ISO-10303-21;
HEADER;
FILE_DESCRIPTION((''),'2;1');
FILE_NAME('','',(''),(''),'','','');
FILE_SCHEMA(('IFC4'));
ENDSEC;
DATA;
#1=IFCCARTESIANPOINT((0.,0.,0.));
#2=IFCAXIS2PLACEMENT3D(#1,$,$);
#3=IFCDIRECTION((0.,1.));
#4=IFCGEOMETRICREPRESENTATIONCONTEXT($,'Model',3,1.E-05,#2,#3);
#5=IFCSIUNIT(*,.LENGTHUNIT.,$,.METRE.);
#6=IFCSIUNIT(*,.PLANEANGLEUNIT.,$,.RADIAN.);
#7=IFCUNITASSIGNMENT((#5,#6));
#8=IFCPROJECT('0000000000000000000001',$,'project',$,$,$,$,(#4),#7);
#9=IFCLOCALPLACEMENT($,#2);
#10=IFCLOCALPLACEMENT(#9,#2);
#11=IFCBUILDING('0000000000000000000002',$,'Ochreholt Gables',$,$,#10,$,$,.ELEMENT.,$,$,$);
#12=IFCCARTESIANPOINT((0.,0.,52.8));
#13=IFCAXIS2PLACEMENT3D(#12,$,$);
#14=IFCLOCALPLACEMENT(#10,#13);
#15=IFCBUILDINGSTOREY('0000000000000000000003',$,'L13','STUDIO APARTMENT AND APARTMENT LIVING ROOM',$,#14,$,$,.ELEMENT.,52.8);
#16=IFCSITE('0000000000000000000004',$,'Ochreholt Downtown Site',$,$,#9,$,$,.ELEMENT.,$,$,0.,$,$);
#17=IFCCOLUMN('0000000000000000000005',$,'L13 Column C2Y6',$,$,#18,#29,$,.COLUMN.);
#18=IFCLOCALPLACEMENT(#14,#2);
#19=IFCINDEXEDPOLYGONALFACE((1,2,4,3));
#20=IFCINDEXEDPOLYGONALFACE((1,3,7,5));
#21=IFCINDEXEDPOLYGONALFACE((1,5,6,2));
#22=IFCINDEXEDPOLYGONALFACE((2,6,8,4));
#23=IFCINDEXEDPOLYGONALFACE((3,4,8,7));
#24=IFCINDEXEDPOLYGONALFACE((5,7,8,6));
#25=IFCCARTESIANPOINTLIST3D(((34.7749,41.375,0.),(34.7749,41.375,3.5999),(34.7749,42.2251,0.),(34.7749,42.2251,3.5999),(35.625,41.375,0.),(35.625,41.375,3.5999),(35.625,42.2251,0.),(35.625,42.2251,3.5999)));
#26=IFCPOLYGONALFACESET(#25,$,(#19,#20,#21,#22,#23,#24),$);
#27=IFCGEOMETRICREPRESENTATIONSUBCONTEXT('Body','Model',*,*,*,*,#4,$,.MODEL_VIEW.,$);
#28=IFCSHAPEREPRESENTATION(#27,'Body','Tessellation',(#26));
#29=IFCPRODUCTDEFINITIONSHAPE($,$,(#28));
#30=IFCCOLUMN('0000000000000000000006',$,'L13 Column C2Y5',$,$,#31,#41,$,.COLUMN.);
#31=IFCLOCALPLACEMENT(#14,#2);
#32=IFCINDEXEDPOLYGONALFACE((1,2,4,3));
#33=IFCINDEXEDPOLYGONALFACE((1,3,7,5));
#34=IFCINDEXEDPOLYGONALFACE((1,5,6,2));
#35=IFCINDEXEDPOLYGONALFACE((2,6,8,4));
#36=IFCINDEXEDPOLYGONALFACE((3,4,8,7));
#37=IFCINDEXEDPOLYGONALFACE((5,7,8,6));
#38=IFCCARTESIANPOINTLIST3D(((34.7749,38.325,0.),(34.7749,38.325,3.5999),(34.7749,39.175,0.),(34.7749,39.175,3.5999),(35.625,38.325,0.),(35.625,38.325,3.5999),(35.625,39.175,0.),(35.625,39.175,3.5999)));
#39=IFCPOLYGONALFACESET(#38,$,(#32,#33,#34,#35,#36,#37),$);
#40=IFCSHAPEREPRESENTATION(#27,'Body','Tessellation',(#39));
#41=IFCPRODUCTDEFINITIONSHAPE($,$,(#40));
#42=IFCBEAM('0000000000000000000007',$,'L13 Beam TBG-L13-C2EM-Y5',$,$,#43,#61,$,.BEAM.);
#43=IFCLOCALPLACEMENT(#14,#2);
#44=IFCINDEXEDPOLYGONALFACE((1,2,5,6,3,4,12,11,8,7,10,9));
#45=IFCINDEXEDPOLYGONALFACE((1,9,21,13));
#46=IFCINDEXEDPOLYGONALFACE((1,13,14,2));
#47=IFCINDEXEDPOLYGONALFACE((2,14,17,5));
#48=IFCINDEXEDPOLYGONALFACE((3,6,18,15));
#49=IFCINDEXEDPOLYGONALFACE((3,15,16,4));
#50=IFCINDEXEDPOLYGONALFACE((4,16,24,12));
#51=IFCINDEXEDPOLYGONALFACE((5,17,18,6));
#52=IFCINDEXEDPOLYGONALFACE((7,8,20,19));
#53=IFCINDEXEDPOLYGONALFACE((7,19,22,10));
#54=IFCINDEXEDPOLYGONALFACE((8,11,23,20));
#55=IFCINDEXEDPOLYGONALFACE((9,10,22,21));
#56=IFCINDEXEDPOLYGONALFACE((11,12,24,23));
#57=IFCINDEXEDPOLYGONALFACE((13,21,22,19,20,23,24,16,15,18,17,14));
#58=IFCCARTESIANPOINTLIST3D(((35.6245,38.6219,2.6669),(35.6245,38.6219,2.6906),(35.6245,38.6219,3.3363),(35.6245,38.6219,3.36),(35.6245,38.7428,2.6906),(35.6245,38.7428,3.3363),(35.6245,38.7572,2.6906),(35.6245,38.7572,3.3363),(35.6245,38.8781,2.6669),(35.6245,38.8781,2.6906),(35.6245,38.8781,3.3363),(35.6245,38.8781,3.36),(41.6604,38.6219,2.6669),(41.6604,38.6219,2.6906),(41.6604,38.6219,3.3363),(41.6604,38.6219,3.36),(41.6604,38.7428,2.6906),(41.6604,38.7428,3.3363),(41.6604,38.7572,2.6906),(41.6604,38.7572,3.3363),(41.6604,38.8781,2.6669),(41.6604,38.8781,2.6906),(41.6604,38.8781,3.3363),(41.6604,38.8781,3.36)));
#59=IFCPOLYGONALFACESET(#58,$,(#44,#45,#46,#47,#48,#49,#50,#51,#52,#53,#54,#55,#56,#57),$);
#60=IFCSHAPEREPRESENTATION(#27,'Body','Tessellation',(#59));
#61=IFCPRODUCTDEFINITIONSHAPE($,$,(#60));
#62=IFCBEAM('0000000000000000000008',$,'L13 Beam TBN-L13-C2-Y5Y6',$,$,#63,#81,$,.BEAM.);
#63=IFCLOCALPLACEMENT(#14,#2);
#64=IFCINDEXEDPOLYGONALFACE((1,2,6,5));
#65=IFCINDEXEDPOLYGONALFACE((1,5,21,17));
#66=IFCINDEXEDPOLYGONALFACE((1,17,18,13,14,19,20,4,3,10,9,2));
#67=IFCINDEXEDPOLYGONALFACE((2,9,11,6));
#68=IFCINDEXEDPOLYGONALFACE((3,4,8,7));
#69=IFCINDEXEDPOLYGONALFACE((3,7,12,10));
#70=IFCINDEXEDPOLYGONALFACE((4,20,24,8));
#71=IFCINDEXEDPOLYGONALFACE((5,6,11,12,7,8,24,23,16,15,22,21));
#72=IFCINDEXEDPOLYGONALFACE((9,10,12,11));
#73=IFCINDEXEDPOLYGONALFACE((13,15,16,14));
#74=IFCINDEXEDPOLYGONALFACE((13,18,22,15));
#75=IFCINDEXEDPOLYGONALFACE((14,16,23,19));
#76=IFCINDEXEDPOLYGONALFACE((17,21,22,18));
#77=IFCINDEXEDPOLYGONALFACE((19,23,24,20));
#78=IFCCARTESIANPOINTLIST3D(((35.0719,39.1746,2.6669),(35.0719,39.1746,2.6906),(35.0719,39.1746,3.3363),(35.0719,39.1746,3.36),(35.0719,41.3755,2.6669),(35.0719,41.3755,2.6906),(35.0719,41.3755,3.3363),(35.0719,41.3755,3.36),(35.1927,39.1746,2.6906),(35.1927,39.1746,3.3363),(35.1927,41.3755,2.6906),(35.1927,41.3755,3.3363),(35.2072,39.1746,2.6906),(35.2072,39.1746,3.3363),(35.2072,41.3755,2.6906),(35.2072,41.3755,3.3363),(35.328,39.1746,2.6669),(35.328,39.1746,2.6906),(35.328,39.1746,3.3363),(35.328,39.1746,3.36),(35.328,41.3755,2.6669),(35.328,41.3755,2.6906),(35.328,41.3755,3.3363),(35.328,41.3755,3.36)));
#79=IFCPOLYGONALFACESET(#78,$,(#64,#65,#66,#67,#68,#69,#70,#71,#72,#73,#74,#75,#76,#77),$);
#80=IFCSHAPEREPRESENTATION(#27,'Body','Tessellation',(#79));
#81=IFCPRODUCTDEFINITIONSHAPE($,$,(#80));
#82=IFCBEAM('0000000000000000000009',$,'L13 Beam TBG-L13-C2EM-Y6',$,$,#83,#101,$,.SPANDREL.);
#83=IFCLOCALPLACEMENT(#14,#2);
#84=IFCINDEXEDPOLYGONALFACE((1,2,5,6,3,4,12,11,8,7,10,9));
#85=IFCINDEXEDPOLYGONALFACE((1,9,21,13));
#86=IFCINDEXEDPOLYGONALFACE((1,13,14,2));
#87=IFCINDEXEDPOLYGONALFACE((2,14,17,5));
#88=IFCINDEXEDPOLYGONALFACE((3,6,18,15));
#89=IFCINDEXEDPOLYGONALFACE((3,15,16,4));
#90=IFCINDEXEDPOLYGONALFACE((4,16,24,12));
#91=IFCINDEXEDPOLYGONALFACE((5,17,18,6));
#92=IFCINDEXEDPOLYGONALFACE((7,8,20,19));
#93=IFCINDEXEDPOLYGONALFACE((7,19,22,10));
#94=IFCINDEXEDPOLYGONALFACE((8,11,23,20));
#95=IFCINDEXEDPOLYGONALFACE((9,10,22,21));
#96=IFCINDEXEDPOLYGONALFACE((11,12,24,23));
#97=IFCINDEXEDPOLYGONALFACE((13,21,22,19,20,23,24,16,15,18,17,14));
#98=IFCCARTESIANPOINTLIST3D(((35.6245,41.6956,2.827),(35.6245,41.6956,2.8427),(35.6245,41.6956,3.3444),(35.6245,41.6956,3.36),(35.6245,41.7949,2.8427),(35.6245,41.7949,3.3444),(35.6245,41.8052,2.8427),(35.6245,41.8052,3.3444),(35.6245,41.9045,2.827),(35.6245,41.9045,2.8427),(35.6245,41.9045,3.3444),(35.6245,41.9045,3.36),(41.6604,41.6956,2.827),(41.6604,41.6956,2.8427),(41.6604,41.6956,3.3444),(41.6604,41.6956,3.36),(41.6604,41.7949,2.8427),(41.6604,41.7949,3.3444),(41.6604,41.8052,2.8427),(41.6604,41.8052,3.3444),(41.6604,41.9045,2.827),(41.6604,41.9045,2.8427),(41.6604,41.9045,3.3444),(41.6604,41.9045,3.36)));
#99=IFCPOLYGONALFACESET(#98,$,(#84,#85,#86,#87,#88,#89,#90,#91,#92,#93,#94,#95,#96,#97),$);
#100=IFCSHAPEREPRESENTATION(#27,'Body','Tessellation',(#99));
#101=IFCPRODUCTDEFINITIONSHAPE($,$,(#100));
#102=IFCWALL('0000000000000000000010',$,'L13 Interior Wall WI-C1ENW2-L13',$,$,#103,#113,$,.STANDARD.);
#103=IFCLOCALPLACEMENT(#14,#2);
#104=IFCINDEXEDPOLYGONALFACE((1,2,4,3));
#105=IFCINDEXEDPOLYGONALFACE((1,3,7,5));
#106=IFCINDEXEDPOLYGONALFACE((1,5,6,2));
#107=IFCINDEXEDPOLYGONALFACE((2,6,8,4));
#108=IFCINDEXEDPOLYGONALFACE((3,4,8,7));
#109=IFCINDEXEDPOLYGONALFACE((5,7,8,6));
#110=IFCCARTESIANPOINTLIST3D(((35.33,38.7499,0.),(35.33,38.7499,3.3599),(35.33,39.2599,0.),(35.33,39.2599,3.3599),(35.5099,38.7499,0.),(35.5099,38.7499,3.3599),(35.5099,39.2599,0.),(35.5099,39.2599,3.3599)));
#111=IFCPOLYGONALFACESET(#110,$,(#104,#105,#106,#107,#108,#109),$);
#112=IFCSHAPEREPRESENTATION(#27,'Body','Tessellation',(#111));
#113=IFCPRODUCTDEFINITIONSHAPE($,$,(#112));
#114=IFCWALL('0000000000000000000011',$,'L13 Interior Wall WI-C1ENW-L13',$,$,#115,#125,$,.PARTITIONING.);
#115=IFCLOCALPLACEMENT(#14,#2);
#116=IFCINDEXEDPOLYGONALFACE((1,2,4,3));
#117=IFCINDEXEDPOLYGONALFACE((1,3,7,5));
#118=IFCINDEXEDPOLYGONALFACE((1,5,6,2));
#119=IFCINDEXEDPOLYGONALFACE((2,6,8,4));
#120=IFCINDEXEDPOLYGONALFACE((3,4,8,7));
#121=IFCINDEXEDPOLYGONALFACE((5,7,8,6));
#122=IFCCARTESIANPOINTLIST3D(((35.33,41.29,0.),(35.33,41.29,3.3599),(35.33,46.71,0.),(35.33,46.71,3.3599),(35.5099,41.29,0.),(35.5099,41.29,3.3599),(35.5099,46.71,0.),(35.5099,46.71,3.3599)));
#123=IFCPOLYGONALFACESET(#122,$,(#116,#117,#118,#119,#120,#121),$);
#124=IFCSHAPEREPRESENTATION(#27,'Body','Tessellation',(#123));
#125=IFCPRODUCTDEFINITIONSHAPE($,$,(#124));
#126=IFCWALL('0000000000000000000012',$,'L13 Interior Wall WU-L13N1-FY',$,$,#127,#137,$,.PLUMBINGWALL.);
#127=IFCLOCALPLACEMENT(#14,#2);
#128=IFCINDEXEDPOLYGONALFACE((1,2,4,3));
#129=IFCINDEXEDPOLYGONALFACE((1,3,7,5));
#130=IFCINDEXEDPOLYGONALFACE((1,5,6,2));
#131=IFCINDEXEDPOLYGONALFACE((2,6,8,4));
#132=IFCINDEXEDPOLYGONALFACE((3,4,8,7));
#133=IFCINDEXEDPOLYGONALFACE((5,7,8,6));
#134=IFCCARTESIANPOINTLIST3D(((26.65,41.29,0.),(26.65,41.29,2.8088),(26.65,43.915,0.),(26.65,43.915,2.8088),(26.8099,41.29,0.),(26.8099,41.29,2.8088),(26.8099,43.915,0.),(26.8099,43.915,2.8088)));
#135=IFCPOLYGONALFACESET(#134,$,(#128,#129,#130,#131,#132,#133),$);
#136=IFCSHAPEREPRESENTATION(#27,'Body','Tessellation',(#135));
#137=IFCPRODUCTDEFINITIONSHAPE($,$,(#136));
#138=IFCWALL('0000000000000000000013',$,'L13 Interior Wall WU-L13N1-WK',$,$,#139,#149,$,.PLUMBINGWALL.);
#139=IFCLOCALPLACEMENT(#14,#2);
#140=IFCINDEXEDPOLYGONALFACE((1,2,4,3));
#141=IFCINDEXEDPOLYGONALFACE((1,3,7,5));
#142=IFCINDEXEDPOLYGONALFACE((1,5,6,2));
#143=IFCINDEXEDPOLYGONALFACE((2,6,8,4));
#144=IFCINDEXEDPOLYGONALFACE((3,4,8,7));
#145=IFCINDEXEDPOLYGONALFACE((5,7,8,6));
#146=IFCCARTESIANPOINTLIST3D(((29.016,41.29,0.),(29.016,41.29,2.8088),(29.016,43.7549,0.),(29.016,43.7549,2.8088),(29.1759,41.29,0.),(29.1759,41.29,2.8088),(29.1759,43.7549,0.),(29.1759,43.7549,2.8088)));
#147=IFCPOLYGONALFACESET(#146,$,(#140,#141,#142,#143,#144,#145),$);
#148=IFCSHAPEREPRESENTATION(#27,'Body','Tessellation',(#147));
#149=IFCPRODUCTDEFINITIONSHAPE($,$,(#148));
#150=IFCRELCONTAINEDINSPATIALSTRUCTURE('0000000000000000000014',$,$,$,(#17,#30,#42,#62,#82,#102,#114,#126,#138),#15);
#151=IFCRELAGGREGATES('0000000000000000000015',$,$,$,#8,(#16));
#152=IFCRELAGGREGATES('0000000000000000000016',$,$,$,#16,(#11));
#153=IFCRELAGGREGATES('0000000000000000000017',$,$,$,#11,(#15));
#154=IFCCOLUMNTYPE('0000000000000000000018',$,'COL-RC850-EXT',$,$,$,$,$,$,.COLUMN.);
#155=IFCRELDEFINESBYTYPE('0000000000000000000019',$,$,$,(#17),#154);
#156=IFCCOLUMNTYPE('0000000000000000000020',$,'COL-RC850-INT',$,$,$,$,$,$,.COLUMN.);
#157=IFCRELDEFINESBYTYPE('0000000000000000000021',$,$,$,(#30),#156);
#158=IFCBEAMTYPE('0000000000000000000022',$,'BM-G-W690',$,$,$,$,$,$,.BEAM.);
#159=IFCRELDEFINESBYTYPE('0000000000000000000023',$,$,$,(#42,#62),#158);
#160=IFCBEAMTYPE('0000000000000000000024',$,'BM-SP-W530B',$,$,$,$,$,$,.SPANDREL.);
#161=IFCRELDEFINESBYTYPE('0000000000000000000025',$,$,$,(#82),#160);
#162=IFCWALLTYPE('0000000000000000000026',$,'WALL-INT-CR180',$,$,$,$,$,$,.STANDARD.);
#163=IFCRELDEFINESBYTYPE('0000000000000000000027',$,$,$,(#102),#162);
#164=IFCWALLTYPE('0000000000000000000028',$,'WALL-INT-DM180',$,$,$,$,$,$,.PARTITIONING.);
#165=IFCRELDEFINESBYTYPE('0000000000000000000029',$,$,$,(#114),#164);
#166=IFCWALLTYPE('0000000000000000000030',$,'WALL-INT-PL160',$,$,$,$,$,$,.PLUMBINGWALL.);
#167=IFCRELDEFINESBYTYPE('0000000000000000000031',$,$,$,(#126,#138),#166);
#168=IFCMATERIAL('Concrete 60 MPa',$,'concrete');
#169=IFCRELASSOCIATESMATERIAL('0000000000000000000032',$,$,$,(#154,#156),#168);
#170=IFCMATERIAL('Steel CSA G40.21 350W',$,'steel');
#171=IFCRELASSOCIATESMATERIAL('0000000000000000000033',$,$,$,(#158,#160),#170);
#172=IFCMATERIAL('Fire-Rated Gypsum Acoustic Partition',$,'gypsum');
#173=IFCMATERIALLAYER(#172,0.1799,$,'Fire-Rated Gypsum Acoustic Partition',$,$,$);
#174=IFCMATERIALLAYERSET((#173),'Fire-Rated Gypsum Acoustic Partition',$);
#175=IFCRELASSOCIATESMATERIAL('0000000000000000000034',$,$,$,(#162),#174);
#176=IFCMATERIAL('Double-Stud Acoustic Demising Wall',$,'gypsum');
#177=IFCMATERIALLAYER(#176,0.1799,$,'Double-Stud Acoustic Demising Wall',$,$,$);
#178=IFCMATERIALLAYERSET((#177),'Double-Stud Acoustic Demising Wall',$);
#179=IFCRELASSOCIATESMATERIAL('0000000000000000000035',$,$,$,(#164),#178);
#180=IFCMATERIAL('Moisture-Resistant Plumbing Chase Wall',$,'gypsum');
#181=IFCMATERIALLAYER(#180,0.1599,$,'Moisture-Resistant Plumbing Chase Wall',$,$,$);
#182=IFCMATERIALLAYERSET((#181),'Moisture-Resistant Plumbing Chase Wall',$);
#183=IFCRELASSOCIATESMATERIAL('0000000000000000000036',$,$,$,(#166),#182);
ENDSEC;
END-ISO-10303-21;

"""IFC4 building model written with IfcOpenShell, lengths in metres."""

from ifc_helpers import new_model, si_unit, direction, frame, frame_2d, origin, origin_2d, place, context, subcontext, project, spatial, rectangle, i_section, extrude, material, layer, layer_set, material_profile, profile_set, type_object, element, save


model = new_model("IFC4")

# Units and contexts
model_context = context("Model", 3, precision=1e-05, world=origin(), true_north=direction((0.0, 1.0)))
body_context = subcontext(model_context, "Body", "Model", "MODEL_VIEW")
ifc_project = project(units=[si_unit("LENGTHUNIT", "METRE"), si_unit("PLANEANGLEUNIT", "RADIAN")], contexts=[model_context])

# Site, building, storey
site_placement = place(None, origin())
site = spatial("IfcSite", under=ifc_project, at=site_placement, Name="Ochreholt Downtown Site", CompositionType="ELEMENT", RefElevation=0.0)
building_placement = place(site_placement, origin())
building = spatial("IfcBuilding", under=site, at=building_placement, Name="Ochreholt Gables", CompositionType="ELEMENT")
storey_placement = place(building_placement, frame((0.0, 0.0, 52.8)))
storey = spatial("IfcBuildingStorey", under=building, at=storey_placement, Name="L13", Description="STUDIO APARTMENT AND APARTMENT LIVING ROOM", CompositionType="ELEMENT", Elevation=52.8)

# Columns
ifc_material_1 = material(Name="Concrete 60 MPa", Category="concrete")
ifc_material_profile_1 = material_profile(ifc_material_1, rectangle(XDim=0.8501, YDim=0.8501, at=origin_2d()), Name="RC850X850")
ifc_profile_set_1 = profile_set([ifc_material_profile_1], Name="Concrete 60 MPa")
column_type_1 = type_object("IfcColumnType", Name="COL-RC850-EXT", PredefinedType="COLUMN", material=ifc_profile_set_1)
column_1_placement = place(storey_placement, frame((35.2, 41.8, 0.0), z_axis=(0.0, 0.0, 1.0), x_axis=(1.0, 0.0, 0.0)))
element("IfcColumn", 1, at=column_1_placement, inside=storey, type_object=column_type_1, Name="L13 Column C2Y6", PredefinedType="COLUMN", context=body_context, shape_type="SweptSolid", body=[
    extrude(rectangle(XDim=0.8501, YDim=0.8501, at=origin_2d()), origin(), (0.0, 0.0, 1.0), 3.5999),
])
ifc_material_profile_2 = material_profile(ifc_material_1, rectangle(XDim=0.8501, YDim=0.8501, at=origin_2d()), Name="RC850X850")
ifc_profile_set_2 = profile_set([ifc_material_profile_2], Name="Concrete 60 MPa")
column_type_2 = type_object("IfcColumnType", Name="COL-RC850-INT", PredefinedType="COLUMN", material=ifc_profile_set_2)
column_2_placement = place(storey_placement, frame((35.2, 38.75, 0.0), z_axis=(0.0, 0.0, 1.0), x_axis=(1.0, 0.0, 0.0)))
element("IfcColumn", 2, at=column_2_placement, inside=storey, type_object=column_type_2, Name="L13 Column C2Y5", PredefinedType="COLUMN", context=body_context, shape_type="SweptSolid", body=[
    extrude(rectangle(XDim=0.8501, YDim=0.8501, at=origin_2d()), origin(), (0.0, 0.0, 1.0), 3.5999),
])

# Beams
ifc_material_2 = material(Name="Steel CSA G40.21 350W", Category="steel")
ifc_material_profile_3 = material_profile(ifc_material_2, i_section(OverallWidth=0.2561, OverallDepth=0.6931, WebThickness=0.0144, FlangeThickness=0.0237, at=origin_2d()), Name="W690X170")
ifc_profile_set_3 = profile_set([ifc_material_profile_3], Name="Steel CSA G40.21 350W")
beam_type_1 = type_object("IfcBeamType", Name="BM-G-W690", PredefinedType="BEAM", material=ifc_profile_set_3)
beam_1_placement = place(storey_placement, frame((35.6245, 38.75, 3.0134), z_axis=(1.0, 0.0, 0.0), x_axis=(0.0, 1.0, 0.0)))
element("IfcBeam", 3, at=beam_1_placement, inside=storey, type_object=beam_type_1, Name="L13 Beam TBG-L13-C2EM-Y5", PredefinedType="BEAM", context=body_context, shape_type="SweptSolid", body=[
    extrude(i_section(OverallWidth=0.2561, OverallDepth=0.6931, WebThickness=0.0144, FlangeThickness=0.0237, at=origin_2d()), origin(), (0.0, 0.0, 1.0), 6.0359),
])
beam_2_placement = place(storey_placement, frame((35.2, 39.1746, 3.0134), z_axis=(0.0, 1.0, 0.0), x_axis=(-1.0, 0.0, 0.0)))
element("IfcBeam", 4, at=beam_2_placement, inside=storey, type_object=beam_type_1, Name="L13 Beam TBN-L13-C2-Y5Y6", PredefinedType="BEAM", context=body_context, shape_type="SweptSolid", body=[
    extrude(i_section(OverallWidth=0.2561, OverallDepth=0.6931, WebThickness=0.0144, FlangeThickness=0.0237, at=origin_2d()), origin(), (0.0, 0.0, 1.0), 2.2009),
])
ifc_material_profile_4 = material_profile(ifc_material_2, i_section(OverallWidth=0.209, OverallDepth=0.533, WebThickness=0.0103, FlangeThickness=0.0156, at=origin_2d()), Name="W530X92")
ifc_profile_set_4 = profile_set([ifc_material_profile_4], Name="Steel CSA G40.21 350W")
beam_type_2 = type_object("IfcBeamType", Name="BM-SP-W530B", PredefinedType="SPANDREL", material=ifc_profile_set_4)
beam_3_placement = place(storey_placement, frame((35.6245, 41.8, 3.0935), z_axis=(1.0, 0.0, 0.0), x_axis=(0.0, 1.0, 0.0)))
element("IfcBeam", 5, at=beam_3_placement, inside=storey, type_object=beam_type_2, Name="L13 Beam TBG-L13-C2EM-Y6", PredefinedType="SPANDREL", context=body_context, shape_type="SweptSolid", body=[
    extrude(i_section(OverallWidth=0.209, OverallDepth=0.533, WebThickness=0.0103, FlangeThickness=0.0156, at=origin_2d()), origin(), (0.0, 0.0, 1.0), 6.0359),
])

# Walls
ifc_material_3 = material(Name="Fire-Rated Gypsum Acoustic Partition", Category="gypsum")
ifc_layer_1 = layer(ifc_material_3, 0.1799, Name="Fire-Rated Gypsum Acoustic Partition")
ifc_layer_set_1 = layer_set([ifc_layer_1], Name="Fire-Rated Gypsum Acoustic Partition")
wall_type_1 = type_object("IfcWallType", Name="WALL-INT-CR180", PredefinedType="STANDARD", material=ifc_layer_set_1)
wall_1_placement = place(storey_placement, frame((35.4199, 38.75, 0.0), z_axis=(0.0, 0.0, 1.0), x_axis=(0.0, 1.0, 0.0)))
element("IfcWall", 6, at=wall_1_placement, inside=storey, type_object=wall_type_1, Name="L13 Interior Wall WI-C1ENW2-L13", PredefinedType="STANDARD", context=body_context, shape_type="SweptSolid", body=[
    extrude(rectangle(XDim=0.51, YDim=0.1799, at=frame_2d((0.2549, 0.0))), origin(), (0.0, 0.0, 1.0), 3.3599),
])
ifc_material_4 = material(Name="Double-Stud Acoustic Demising Wall", Category="gypsum")
ifc_layer_2 = layer(ifc_material_4, 0.1799, Name="Double-Stud Acoustic Demising Wall")
ifc_layer_set_2 = layer_set([ifc_layer_2], Name="Double-Stud Acoustic Demising Wall")
wall_type_2 = type_object("IfcWallType", Name="WALL-INT-DM180", PredefinedType="PARTITIONING", material=ifc_layer_set_2)
wall_2_placement = place(storey_placement, frame((35.4199, 41.29, 0.0), z_axis=(0.0, 0.0, 1.0), x_axis=(0.0, 1.0, 0.0)))
element("IfcWall", 7, at=wall_2_placement, inside=storey, type_object=wall_type_2, Name="L13 Interior Wall WI-C1ENW-L13", PredefinedType="PARTITIONING", context=body_context, shape_type="SweptSolid", body=[
    extrude(rectangle(XDim=5.4199, YDim=0.1799, at=frame_2d((2.71, 0.0))), origin(), (0.0, 0.0, 1.0), 3.3599),
])

# Shared definitions
ifc_material_5 = material(Name="Moisture-Resistant Plumbing Chase Wall", Category="gypsum")
ifc_layer_3 = layer(ifc_material_5, 0.1599, Name="Moisture-Resistant Plumbing Chase Wall")
ifc_layer_set_3 = layer_set([ifc_layer_3], Name="Moisture-Resistant Plumbing Chase Wall")
wall_type_3 = type_object("IfcWallType", Name="WALL-INT-PL160", PredefinedType="PLUMBINGWALL", material=ifc_layer_set_3)

# Walls
wall_3_placement = place(storey_placement, frame((26.73, 41.29, 0.0), z_axis=(0.0, 0.0, 1.0), x_axis=(0.0, 1.0, 0.0)))
element("IfcWall", 8, at=wall_3_placement, inside=storey, type_object=wall_type_3, Name="L13 Interior Wall WU-L13N1-FY", PredefinedType="PLUMBINGWALL", context=body_context, shape_type="SweptSolid", body=[
    extrude(rectangle(XDim=2.625, YDim=0.1599, at=frame_2d((1.3125, 0.0))), origin(), (0.0, 0.0, 1.0), 2.8088),
])
wall_4_placement = place(storey_placement, frame((29.0959, 41.29, 0.0), z_axis=(0.0, 0.0, 1.0), x_axis=(0.0, 1.0, 0.0)))
element("IfcWall", 9, at=wall_4_placement, inside=storey, type_object=wall_type_3, Name="L13 Interior Wall WU-L13N1-WK", PredefinedType="PLUMBINGWALL", context=body_context, shape_type="SweptSolid", body=[
    extrude(rectangle(XDim=2.4648, YDim=0.1599, at=frame_2d((1.2324, 0.0))), origin(), (0.0, 0.0, 1.0), 2.8088),
])

save(model, "model.ifc")
